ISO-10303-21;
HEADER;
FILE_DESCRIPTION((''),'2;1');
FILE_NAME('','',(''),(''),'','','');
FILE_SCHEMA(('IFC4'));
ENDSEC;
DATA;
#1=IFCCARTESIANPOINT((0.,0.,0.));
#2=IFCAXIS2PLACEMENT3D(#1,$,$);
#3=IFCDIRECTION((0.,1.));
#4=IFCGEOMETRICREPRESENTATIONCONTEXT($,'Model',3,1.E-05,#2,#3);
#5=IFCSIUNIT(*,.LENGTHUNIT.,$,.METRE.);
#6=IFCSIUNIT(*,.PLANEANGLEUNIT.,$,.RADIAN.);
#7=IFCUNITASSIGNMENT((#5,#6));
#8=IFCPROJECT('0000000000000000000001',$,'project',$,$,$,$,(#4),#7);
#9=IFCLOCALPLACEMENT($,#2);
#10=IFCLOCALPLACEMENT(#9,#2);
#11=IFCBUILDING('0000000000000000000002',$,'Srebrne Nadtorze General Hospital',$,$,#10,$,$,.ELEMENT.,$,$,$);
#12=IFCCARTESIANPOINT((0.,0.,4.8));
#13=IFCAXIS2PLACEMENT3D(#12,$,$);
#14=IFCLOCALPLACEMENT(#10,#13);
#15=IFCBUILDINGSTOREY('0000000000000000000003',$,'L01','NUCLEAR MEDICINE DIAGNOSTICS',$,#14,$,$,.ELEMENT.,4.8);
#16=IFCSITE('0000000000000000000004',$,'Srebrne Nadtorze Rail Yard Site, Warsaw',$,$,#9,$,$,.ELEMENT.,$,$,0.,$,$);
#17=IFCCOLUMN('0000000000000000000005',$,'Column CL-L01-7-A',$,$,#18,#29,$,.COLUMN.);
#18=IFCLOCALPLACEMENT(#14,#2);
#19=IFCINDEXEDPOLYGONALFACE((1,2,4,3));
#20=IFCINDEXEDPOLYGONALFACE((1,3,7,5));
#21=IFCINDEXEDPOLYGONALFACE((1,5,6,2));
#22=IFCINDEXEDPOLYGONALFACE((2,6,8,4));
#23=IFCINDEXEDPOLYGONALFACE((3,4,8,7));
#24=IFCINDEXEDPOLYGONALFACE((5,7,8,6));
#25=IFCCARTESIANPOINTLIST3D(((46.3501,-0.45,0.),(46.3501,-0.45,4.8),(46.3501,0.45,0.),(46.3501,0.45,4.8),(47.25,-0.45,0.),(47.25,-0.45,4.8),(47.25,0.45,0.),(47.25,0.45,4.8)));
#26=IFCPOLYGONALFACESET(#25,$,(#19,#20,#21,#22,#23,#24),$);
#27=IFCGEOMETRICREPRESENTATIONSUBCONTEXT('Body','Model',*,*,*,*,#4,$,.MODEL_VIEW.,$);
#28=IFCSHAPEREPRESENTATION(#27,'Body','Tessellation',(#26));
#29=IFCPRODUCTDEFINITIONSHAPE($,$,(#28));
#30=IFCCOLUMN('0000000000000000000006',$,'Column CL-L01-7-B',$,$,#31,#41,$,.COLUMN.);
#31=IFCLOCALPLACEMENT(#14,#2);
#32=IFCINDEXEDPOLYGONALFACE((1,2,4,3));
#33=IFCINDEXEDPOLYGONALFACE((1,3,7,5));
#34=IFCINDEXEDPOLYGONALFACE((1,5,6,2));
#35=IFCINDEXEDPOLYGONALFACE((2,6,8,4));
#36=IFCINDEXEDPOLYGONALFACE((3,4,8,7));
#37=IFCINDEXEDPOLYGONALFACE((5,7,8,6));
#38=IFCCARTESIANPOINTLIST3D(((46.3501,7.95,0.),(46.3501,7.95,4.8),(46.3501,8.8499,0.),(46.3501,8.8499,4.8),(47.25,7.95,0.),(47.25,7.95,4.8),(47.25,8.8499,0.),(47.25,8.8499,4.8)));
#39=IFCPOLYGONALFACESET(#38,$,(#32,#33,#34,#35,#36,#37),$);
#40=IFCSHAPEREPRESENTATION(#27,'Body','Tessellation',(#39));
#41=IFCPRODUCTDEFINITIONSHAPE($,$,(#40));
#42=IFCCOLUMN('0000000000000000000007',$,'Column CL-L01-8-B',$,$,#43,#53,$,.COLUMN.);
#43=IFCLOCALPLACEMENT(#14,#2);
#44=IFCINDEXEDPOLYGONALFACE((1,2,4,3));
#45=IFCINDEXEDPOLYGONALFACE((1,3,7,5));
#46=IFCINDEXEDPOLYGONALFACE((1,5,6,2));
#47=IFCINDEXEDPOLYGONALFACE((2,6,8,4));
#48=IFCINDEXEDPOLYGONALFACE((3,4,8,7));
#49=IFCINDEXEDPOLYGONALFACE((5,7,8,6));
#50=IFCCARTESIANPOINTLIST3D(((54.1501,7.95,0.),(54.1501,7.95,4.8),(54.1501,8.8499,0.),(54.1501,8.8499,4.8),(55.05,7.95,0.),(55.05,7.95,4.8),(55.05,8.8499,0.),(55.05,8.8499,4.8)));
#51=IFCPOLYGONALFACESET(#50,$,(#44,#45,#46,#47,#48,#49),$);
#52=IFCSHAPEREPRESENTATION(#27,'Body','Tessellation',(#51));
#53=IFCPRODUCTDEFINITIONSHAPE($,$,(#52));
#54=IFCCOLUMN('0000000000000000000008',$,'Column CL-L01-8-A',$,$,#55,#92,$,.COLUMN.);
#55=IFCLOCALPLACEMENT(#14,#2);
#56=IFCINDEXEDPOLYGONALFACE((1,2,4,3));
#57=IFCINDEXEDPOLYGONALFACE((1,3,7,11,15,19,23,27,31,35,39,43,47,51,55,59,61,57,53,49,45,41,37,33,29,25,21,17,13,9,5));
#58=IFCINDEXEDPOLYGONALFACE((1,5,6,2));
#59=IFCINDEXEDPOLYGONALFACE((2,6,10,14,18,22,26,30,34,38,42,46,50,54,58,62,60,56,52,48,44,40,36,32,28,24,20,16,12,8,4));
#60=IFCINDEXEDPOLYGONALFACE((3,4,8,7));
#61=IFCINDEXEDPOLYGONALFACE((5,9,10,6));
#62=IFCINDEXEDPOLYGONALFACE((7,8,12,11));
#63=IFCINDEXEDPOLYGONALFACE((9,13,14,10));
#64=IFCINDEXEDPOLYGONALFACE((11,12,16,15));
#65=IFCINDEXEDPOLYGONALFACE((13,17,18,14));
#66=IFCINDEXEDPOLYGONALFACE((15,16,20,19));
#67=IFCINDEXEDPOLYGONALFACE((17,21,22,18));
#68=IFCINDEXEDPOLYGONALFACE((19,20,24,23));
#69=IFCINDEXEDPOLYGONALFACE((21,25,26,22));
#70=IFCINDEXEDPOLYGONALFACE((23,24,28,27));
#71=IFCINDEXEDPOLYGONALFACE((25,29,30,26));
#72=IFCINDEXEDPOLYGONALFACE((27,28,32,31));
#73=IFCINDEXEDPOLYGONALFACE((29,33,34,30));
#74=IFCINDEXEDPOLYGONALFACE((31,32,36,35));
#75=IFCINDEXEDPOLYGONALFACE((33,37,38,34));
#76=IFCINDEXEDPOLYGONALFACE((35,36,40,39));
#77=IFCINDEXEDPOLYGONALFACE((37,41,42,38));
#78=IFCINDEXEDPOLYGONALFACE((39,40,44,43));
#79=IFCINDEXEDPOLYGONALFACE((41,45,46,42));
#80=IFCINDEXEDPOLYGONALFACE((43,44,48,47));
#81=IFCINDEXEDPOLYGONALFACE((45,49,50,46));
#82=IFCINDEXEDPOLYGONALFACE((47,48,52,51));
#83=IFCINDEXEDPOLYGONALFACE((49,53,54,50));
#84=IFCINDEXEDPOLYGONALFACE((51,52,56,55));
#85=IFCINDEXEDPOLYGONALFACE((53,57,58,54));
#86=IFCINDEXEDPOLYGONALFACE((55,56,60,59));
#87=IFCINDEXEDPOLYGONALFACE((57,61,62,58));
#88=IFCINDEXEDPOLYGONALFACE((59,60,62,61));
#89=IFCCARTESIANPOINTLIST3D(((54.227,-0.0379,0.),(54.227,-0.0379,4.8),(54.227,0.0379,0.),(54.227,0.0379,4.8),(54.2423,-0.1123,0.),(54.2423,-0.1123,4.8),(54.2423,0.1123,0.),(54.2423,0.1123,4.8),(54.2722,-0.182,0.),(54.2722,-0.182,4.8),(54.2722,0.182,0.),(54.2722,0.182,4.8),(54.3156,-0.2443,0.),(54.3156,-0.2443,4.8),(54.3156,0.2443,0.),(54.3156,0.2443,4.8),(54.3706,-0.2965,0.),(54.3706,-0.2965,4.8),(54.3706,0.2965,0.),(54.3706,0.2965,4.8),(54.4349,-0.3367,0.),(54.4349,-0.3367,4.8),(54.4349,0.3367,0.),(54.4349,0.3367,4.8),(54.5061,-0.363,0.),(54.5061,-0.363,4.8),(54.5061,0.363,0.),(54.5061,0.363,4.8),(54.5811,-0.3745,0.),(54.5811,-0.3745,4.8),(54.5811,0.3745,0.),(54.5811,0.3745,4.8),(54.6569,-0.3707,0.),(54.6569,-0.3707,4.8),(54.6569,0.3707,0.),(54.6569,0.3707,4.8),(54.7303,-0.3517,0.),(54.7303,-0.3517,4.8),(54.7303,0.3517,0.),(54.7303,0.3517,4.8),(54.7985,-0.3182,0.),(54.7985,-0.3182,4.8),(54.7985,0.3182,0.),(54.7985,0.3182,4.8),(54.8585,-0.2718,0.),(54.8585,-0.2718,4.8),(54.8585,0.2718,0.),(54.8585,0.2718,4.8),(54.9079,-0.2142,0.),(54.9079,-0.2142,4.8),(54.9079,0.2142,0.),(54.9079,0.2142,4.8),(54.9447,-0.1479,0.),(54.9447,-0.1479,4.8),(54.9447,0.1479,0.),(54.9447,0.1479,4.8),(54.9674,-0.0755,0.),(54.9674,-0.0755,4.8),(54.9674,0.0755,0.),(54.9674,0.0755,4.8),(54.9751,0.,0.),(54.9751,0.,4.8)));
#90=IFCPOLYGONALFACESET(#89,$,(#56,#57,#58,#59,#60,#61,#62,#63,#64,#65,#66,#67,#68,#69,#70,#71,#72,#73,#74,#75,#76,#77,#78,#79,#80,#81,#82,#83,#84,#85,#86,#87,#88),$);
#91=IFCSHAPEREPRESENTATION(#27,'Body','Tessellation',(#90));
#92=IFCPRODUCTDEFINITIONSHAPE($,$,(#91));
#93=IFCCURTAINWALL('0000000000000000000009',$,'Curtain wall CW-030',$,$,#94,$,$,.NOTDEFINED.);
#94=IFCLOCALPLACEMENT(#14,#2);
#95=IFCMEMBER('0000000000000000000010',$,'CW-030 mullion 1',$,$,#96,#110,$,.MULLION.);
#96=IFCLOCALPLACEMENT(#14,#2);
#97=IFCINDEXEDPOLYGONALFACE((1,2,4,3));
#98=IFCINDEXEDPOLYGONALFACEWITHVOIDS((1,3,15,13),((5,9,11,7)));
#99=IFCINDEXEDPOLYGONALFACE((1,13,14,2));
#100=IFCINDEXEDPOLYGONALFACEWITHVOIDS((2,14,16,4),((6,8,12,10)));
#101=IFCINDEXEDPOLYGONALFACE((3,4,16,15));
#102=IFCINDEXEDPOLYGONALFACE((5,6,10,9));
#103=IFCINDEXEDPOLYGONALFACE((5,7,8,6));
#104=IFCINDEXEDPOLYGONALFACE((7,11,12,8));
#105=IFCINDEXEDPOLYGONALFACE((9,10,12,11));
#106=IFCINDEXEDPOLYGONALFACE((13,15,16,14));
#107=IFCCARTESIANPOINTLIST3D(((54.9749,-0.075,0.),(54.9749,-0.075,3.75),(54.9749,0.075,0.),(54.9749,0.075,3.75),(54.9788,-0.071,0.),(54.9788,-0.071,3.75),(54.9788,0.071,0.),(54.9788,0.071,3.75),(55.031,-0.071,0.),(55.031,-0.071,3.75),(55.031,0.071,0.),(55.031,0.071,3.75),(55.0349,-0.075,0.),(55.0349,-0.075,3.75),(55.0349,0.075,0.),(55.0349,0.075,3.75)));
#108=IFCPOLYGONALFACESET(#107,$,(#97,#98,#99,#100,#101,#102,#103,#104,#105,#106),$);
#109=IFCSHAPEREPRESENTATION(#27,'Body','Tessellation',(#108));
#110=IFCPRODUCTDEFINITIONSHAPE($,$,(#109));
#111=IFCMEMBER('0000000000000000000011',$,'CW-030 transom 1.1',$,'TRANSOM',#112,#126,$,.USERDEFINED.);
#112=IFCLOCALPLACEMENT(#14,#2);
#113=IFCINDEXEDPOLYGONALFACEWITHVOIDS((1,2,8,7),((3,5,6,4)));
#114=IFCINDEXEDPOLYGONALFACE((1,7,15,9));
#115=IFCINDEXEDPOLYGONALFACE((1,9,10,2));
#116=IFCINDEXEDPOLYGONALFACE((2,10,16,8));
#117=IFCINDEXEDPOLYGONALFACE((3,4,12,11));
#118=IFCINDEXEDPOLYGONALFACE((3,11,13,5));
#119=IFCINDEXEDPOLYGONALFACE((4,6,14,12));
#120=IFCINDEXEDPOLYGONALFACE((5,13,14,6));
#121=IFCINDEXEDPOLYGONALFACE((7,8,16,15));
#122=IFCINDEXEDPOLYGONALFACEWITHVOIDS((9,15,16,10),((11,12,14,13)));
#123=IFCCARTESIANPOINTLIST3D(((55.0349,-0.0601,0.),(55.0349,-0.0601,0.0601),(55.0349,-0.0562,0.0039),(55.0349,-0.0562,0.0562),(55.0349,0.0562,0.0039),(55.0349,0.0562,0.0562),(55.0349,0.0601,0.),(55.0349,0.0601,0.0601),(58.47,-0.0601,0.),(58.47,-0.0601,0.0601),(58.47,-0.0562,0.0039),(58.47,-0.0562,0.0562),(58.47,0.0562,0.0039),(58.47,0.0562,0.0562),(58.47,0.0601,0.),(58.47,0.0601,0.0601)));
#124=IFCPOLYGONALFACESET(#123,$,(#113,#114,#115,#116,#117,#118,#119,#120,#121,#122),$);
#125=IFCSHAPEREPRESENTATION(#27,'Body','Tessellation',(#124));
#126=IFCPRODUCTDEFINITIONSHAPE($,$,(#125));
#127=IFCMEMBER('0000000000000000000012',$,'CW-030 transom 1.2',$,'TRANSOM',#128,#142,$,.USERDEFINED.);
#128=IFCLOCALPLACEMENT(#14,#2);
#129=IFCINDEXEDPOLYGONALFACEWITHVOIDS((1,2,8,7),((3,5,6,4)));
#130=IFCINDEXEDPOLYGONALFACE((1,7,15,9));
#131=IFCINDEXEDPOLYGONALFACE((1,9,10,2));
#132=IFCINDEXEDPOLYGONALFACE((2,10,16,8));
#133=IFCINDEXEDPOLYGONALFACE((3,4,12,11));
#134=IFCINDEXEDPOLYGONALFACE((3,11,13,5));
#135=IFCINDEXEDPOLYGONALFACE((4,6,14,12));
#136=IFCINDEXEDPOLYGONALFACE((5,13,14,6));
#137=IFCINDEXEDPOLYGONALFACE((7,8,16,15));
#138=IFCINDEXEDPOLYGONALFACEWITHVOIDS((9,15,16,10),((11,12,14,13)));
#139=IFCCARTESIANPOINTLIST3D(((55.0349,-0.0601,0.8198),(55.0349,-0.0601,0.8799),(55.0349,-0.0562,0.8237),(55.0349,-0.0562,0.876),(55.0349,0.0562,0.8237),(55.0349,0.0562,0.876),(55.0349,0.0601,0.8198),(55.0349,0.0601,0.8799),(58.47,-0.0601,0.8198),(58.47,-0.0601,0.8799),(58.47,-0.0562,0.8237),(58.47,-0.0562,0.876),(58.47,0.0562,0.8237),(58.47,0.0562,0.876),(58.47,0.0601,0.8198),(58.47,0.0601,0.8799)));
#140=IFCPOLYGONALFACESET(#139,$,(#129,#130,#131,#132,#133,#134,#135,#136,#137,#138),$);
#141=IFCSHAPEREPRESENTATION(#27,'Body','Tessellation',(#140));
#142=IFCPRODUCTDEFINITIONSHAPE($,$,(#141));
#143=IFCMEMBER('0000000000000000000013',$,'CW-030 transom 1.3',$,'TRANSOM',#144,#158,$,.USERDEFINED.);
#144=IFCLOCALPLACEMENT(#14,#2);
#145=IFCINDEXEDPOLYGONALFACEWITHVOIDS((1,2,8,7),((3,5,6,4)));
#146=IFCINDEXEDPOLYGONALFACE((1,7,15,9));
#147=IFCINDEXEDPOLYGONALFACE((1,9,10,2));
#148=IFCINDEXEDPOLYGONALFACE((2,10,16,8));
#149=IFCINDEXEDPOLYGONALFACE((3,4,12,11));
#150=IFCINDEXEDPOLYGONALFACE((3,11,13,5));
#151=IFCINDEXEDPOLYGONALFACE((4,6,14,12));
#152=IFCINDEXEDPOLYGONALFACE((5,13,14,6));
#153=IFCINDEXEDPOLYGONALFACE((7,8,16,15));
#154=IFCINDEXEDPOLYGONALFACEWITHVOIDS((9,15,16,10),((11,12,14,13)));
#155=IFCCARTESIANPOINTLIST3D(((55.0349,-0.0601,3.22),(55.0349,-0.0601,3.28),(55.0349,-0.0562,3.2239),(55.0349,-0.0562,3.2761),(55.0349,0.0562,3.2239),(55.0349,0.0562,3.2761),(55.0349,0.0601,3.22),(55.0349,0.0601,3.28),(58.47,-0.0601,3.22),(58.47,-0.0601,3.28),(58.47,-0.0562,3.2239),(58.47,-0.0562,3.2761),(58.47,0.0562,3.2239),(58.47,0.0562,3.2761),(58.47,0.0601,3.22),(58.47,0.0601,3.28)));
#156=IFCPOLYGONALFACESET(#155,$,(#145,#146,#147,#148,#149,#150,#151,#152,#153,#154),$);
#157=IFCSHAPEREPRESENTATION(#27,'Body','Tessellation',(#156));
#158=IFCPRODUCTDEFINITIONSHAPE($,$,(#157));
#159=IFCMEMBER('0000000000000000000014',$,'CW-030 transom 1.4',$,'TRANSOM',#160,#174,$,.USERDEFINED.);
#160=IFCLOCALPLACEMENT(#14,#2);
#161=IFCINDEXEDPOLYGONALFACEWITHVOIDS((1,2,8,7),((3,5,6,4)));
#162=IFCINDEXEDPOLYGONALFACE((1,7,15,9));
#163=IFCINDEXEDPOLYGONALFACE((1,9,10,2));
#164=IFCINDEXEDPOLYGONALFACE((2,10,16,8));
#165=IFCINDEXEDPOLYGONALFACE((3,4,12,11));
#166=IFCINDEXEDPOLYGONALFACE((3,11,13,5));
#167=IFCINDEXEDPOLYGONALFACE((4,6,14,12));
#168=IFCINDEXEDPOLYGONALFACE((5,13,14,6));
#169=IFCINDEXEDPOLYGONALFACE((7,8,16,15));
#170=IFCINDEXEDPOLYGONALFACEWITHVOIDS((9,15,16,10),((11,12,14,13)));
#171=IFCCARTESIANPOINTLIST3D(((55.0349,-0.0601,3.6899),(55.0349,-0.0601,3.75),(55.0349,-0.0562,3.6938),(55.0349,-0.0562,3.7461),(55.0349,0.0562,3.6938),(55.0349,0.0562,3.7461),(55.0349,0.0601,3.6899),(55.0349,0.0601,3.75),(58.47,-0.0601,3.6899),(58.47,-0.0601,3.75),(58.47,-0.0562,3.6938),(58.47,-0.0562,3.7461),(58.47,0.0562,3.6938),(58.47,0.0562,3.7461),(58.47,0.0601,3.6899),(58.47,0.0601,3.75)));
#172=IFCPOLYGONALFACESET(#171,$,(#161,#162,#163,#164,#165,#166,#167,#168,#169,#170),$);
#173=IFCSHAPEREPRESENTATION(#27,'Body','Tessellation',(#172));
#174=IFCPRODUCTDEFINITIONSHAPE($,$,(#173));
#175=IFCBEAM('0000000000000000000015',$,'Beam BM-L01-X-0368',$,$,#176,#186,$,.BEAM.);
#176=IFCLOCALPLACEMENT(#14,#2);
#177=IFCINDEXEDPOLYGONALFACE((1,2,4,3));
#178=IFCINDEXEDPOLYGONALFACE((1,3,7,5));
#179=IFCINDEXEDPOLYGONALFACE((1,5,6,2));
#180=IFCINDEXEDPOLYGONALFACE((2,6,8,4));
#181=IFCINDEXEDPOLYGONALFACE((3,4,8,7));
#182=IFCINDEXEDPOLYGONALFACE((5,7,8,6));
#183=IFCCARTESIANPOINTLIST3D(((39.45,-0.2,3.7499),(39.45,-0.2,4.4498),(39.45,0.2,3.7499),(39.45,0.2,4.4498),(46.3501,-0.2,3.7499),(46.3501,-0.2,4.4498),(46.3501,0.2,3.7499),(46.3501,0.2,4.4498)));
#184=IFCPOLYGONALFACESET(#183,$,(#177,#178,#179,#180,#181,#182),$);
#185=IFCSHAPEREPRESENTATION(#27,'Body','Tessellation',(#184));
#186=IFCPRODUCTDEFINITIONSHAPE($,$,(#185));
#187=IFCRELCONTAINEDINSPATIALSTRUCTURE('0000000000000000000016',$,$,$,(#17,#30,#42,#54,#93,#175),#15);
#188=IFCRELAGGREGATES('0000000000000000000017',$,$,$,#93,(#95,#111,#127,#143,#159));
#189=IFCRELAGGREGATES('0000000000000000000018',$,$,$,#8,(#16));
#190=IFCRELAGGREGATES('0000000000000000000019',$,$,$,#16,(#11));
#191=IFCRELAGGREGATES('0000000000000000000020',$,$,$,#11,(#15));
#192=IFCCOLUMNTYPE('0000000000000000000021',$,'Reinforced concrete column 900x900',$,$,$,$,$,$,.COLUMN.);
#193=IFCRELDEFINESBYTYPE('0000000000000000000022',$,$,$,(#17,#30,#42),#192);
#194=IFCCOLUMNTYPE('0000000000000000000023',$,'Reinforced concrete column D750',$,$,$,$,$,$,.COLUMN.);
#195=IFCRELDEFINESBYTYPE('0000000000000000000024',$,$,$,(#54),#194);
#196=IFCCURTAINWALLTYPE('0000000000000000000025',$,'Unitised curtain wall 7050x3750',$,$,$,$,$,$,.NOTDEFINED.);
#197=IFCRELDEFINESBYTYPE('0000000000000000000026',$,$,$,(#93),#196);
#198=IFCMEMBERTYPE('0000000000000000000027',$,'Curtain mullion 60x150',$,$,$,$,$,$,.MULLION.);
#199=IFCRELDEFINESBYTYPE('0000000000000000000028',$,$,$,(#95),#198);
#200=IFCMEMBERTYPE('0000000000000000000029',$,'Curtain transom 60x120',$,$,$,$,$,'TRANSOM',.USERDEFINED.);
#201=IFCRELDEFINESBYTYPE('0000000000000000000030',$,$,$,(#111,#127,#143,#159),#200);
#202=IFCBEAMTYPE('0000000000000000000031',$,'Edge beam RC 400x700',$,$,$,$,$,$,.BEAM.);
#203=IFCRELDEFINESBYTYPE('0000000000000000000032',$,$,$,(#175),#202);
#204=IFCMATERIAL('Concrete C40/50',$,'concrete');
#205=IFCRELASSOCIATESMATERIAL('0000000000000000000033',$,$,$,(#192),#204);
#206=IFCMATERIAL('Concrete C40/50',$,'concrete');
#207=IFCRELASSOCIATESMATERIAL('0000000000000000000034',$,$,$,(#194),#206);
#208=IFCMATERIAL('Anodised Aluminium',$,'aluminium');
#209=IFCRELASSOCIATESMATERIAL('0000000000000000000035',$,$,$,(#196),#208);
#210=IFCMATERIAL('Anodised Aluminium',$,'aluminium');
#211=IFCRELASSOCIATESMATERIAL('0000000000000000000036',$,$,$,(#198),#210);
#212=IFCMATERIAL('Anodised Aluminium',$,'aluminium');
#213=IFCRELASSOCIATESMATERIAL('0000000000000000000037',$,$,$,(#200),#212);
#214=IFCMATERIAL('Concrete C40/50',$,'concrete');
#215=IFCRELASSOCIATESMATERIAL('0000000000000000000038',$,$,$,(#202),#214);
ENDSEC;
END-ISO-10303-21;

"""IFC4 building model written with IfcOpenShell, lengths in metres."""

from ifc_helpers import new_model, si_unit, direction, frame, origin, origin_2d, place, context, subcontext, project, spatial, rectangle, hollow_rectangle, circle, extrude, material, material_profile, profile_set, type_object, element, aggregate, save


model = new_model("IFC4")

# Units and contexts
model_context = context("Model", 3, precision=1e-05, world=origin(), true_north=direction((0.0, 1.0)))
body_context = subcontext(model_context, "Body", "Model", "MODEL_VIEW")
ifc_project = project(units=[si_unit("LENGTHUNIT", "METRE"), si_unit("PLANEANGLEUNIT", "RADIAN")], contexts=[model_context])

# Site, building, storey
site_placement = place(None, origin())
site = spatial("IfcSite", under=ifc_project, at=site_placement, Name="Srebrne Nadtorze Rail Yard Site, Warsaw", CompositionType="ELEMENT", RefElevation=0.0)
building_placement = place(site_placement, origin())
building = spatial("IfcBuilding", under=site, at=building_placement, Name="Srebrne Nadtorze General Hospital", CompositionType="ELEMENT")
storey_placement = place(building_placement, frame((0.0, 0.0, 4.8)))
storey = spatial("IfcBuildingStorey", under=building, at=storey_placement, Name="L01", Description="NUCLEAR MEDICINE DIAGNOSTICS", CompositionType="ELEMENT", Elevation=4.8)

# Columns
ifc_material_1 = material(Name="Concrete C40/50", Category="concrete")
ifc_material_profile_1 = material_profile(ifc_material_1, rectangle(XDim=0.8999, YDim=0.8999, at=origin_2d()), Name="RC-COL-900x900")
ifc_profile_set_1 = profile_set([ifc_material_profile_1], Name="Concrete C40/50")
column_type_1 = type_object("IfcColumnType", Name="Reinforced concrete column 900x900", PredefinedType="COLUMN", material=ifc_profile_set_1)
for number, where, z_axis, x_axis, name in (
    (1, (46.8, 0.0, 0.0), (0.0, 0.0, 1.0), (1.0, 0.0, 0.0), "Column CL-L01-7-A"),
    (2, (46.8, 8.3999, 0.0), (0.0, 0.0, 1.0), (1.0, 0.0, 0.0), "Column CL-L01-7-B"),
    (3, (54.6001, 8.3999, 0.0), (0.0, 0.0, 1.0), (1.0, 0.0, 0.0), "Column CL-L01-8-B"),
):
    element("IfcColumn", number, at=place(storey_placement, frame(where, z_axis=z_axis, x_axis=x_axis)), inside=storey, type_object=column_type_1, Name=name, PredefinedType="COLUMN", context=body_context, shape_type="SweptSolid", body=[
        extrude(rectangle(XDim=0.8999, YDim=0.8999, at=origin_2d()), origin(), (0.0, 0.0, 1.0), 4.8),
    ])
ifc_material_2 = material(Name="Concrete C40/50", Category="concrete")
ifc_material_profile_2 = material_profile(ifc_material_2, circle(Radius=0.375, at=origin_2d()), Name="RC-COL-D750")
ifc_profile_set_2 = profile_set([ifc_material_profile_2], Name="Concrete C40/50")
column_type_2 = type_object("IfcColumnType", Name="Reinforced concrete column D750", PredefinedType="COLUMN", material=ifc_profile_set_2)
column_placement = place(storey_placement, frame((54.6001, 0.0, 0.0), z_axis=(0.0, 0.0, 1.0), x_axis=(1.0, 0.0, 0.0)))
element("IfcColumn", 4, at=column_placement, inside=storey, type_object=column_type_2, Name="Column CL-L01-8-A", PredefinedType="COLUMN", context=body_context, shape_type="SweptSolid", body=[
    extrude(circle(Radius=0.375, at=origin_2d()), origin(), (0.0, 0.0, 1.0), 4.8),
])

# Curtain wall, members
ifc_material_3 = material(Name="Anodised Aluminium", Category="aluminium")
curtain_wall_type = type_object("IfcCurtainWallType", Name="Unitised curtain wall 7050x3750", PredefinedType="NOTDEFINED", material=ifc_material_3)
curtain_wall_placement = place(storey_placement, origin())
curtain_wall = element("IfcCurtainWall", 5, at=curtain_wall_placement, inside=storey, type_object=curtain_wall_type, Name="Curtain wall CW-030", PredefinedType="NOTDEFINED")
ifc_material_4 = material(Name="Anodised Aluminium", Category="aluminium")
ifc_material_profile_3 = material_profile(ifc_material_4, hollow_rectangle(XDim=0.0601, YDim=0.1499, WallThickness=0.0039, at=origin_2d()), Name="AL-MUL-60x150")
ifc_profile_set_3 = profile_set([ifc_material_profile_3], Name="Anodised Aluminium")
member_type_1 = type_object("IfcMemberType", Name="Curtain mullion 60x150", PredefinedType="MULLION", material=ifc_profile_set_3)
member_1_placement = place(storey_placement, frame((55.0049, 0.0, 0.0), z_axis=(0.0, 0.0, 1.0), x_axis=(1.0, 0.0, 0.0)))
member_1 = element("IfcMember", 6, at=member_1_placement, type_object=member_type_1, Name="CW-030 mullion 1", PredefinedType="MULLION", context=body_context, shape_type="SweptSolid", body=[
    extrude(hollow_rectangle(XDim=0.0601, YDim=0.1499, WallThickness=0.0039, at=origin_2d()), origin(), (0.0, 0.0, 1.0), 3.75),
])
ifc_material_5 = material(Name="Anodised Aluminium", Category="aluminium")
ifc_material_profile_4 = material_profile(ifc_material_5, hollow_rectangle(XDim=0.0601, YDim=0.1201, WallThickness=0.0039, at=origin_2d()), Name="AL-TRN-60x120")
ifc_profile_set_4 = profile_set([ifc_material_profile_4], Name="Anodised Aluminium")
member_type_2 = type_object("IfcMemberType", Name="Curtain transom 60x120", ElementType="TRANSOM", PredefinedType="USERDEFINED", material=ifc_profile_set_4)
member_2_placement = place(storey_placement, frame((55.0349, 0.0, 0.03), z_axis=(1.0, 0.0, 0.0), x_axis=(0.0, 0.0, 1.0)))
member_2 = element("IfcMember", 7, at=member_2_placement, type_object=member_type_2, Name="CW-030 transom 1.1", ObjectType="TRANSOM", PredefinedType="USERDEFINED", context=body_context, shape_type="SweptSolid", body=[
    extrude(hollow_rectangle(XDim=0.0601, YDim=0.1201, WallThickness=0.0039, at=origin_2d()), origin(), (0.0, 0.0, 1.0), 3.4351),
])
member_3_placement = place(storey_placement, frame((55.0349, 0.0, 0.8499), z_axis=(1.0, 0.0, 0.0), x_axis=(0.0, 0.0, 1.0)))
member_3 = element("IfcMember", 8, at=member_3_placement, type_object=member_type_2, Name="CW-030 transom 1.2", ObjectType="TRANSOM", PredefinedType="USERDEFINED", context=body_context, shape_type="SweptSolid", body=[
    extrude(hollow_rectangle(XDim=0.0601, YDim=0.1201, WallThickness=0.0039, at=origin_2d()), origin(), (0.0, 0.0, 1.0), 3.4351),
])
member_4_placement = place(storey_placement, frame((55.0349, 0.0, 3.25), z_axis=(1.0, 0.0, 0.0), x_axis=(0.0, 0.0, 1.0)))
member_4 = element("IfcMember", 9, at=member_4_placement, type_object=member_type_2, Name="CW-030 transom 1.3", ObjectType="TRANSOM", PredefinedType="USERDEFINED", context=body_context, shape_type="SweptSolid", body=[
    extrude(hollow_rectangle(XDim=0.0601, YDim=0.1201, WallThickness=0.0039, at=origin_2d()), origin(), (0.0, 0.0, 1.0), 3.4351),
])
member_5_placement = place(storey_placement, frame((55.0349, 0.0, 3.72), z_axis=(1.0, 0.0, 0.0), x_axis=(0.0, 0.0, 1.0)))
member_5 = element("IfcMember", 10, at=member_5_placement, type_object=member_type_2, Name="CW-030 transom 1.4", ObjectType="TRANSOM", PredefinedType="USERDEFINED", context=body_context, shape_type="SweptSolid", body=[
    extrude(hollow_rectangle(XDim=0.0601, YDim=0.1201, WallThickness=0.0039, at=origin_2d()), origin(), (0.0, 0.0, 1.0), 3.4351),
])

# Beam
ifc_material_6 = material(Name="Concrete C40/50", Category="concrete")
ifc_material_profile_5 = material_profile(ifc_material_6, rectangle(XDim=0.3999, YDim=0.7, at=origin_2d()), Name="RC-BM-400x700")
ifc_profile_set_5 = profile_set([ifc_material_profile_5], Name="Concrete C40/50")
beam_type = type_object("IfcBeamType", Name="Edge beam RC 400x700", PredefinedType="BEAM", material=ifc_profile_set_5)
beam_1_placement = place(storey_placement, frame((39.45, 0.0, 4.0999), z_axis=(1.0, 0.0, 0.0), x_axis=(0.0, 1.0, 0.0)))
element("IfcBeam", 11, at=beam_1_placement, inside=storey, type_object=beam_type, Name="Beam BM-L01-X-0368", PredefinedType="BEAM", context=body_context, shape_type="SweptSolid", body=[
    extrude(rectangle(XDim=0.3999, YDim=0.7, at=origin_2d()), origin(), (0.0, 0.0, 1.0), 6.9001),
])

aggregate(curtain_wall, [member_1, member_2, member_3, member_4, member_5])

save(model, "model.ifc")
